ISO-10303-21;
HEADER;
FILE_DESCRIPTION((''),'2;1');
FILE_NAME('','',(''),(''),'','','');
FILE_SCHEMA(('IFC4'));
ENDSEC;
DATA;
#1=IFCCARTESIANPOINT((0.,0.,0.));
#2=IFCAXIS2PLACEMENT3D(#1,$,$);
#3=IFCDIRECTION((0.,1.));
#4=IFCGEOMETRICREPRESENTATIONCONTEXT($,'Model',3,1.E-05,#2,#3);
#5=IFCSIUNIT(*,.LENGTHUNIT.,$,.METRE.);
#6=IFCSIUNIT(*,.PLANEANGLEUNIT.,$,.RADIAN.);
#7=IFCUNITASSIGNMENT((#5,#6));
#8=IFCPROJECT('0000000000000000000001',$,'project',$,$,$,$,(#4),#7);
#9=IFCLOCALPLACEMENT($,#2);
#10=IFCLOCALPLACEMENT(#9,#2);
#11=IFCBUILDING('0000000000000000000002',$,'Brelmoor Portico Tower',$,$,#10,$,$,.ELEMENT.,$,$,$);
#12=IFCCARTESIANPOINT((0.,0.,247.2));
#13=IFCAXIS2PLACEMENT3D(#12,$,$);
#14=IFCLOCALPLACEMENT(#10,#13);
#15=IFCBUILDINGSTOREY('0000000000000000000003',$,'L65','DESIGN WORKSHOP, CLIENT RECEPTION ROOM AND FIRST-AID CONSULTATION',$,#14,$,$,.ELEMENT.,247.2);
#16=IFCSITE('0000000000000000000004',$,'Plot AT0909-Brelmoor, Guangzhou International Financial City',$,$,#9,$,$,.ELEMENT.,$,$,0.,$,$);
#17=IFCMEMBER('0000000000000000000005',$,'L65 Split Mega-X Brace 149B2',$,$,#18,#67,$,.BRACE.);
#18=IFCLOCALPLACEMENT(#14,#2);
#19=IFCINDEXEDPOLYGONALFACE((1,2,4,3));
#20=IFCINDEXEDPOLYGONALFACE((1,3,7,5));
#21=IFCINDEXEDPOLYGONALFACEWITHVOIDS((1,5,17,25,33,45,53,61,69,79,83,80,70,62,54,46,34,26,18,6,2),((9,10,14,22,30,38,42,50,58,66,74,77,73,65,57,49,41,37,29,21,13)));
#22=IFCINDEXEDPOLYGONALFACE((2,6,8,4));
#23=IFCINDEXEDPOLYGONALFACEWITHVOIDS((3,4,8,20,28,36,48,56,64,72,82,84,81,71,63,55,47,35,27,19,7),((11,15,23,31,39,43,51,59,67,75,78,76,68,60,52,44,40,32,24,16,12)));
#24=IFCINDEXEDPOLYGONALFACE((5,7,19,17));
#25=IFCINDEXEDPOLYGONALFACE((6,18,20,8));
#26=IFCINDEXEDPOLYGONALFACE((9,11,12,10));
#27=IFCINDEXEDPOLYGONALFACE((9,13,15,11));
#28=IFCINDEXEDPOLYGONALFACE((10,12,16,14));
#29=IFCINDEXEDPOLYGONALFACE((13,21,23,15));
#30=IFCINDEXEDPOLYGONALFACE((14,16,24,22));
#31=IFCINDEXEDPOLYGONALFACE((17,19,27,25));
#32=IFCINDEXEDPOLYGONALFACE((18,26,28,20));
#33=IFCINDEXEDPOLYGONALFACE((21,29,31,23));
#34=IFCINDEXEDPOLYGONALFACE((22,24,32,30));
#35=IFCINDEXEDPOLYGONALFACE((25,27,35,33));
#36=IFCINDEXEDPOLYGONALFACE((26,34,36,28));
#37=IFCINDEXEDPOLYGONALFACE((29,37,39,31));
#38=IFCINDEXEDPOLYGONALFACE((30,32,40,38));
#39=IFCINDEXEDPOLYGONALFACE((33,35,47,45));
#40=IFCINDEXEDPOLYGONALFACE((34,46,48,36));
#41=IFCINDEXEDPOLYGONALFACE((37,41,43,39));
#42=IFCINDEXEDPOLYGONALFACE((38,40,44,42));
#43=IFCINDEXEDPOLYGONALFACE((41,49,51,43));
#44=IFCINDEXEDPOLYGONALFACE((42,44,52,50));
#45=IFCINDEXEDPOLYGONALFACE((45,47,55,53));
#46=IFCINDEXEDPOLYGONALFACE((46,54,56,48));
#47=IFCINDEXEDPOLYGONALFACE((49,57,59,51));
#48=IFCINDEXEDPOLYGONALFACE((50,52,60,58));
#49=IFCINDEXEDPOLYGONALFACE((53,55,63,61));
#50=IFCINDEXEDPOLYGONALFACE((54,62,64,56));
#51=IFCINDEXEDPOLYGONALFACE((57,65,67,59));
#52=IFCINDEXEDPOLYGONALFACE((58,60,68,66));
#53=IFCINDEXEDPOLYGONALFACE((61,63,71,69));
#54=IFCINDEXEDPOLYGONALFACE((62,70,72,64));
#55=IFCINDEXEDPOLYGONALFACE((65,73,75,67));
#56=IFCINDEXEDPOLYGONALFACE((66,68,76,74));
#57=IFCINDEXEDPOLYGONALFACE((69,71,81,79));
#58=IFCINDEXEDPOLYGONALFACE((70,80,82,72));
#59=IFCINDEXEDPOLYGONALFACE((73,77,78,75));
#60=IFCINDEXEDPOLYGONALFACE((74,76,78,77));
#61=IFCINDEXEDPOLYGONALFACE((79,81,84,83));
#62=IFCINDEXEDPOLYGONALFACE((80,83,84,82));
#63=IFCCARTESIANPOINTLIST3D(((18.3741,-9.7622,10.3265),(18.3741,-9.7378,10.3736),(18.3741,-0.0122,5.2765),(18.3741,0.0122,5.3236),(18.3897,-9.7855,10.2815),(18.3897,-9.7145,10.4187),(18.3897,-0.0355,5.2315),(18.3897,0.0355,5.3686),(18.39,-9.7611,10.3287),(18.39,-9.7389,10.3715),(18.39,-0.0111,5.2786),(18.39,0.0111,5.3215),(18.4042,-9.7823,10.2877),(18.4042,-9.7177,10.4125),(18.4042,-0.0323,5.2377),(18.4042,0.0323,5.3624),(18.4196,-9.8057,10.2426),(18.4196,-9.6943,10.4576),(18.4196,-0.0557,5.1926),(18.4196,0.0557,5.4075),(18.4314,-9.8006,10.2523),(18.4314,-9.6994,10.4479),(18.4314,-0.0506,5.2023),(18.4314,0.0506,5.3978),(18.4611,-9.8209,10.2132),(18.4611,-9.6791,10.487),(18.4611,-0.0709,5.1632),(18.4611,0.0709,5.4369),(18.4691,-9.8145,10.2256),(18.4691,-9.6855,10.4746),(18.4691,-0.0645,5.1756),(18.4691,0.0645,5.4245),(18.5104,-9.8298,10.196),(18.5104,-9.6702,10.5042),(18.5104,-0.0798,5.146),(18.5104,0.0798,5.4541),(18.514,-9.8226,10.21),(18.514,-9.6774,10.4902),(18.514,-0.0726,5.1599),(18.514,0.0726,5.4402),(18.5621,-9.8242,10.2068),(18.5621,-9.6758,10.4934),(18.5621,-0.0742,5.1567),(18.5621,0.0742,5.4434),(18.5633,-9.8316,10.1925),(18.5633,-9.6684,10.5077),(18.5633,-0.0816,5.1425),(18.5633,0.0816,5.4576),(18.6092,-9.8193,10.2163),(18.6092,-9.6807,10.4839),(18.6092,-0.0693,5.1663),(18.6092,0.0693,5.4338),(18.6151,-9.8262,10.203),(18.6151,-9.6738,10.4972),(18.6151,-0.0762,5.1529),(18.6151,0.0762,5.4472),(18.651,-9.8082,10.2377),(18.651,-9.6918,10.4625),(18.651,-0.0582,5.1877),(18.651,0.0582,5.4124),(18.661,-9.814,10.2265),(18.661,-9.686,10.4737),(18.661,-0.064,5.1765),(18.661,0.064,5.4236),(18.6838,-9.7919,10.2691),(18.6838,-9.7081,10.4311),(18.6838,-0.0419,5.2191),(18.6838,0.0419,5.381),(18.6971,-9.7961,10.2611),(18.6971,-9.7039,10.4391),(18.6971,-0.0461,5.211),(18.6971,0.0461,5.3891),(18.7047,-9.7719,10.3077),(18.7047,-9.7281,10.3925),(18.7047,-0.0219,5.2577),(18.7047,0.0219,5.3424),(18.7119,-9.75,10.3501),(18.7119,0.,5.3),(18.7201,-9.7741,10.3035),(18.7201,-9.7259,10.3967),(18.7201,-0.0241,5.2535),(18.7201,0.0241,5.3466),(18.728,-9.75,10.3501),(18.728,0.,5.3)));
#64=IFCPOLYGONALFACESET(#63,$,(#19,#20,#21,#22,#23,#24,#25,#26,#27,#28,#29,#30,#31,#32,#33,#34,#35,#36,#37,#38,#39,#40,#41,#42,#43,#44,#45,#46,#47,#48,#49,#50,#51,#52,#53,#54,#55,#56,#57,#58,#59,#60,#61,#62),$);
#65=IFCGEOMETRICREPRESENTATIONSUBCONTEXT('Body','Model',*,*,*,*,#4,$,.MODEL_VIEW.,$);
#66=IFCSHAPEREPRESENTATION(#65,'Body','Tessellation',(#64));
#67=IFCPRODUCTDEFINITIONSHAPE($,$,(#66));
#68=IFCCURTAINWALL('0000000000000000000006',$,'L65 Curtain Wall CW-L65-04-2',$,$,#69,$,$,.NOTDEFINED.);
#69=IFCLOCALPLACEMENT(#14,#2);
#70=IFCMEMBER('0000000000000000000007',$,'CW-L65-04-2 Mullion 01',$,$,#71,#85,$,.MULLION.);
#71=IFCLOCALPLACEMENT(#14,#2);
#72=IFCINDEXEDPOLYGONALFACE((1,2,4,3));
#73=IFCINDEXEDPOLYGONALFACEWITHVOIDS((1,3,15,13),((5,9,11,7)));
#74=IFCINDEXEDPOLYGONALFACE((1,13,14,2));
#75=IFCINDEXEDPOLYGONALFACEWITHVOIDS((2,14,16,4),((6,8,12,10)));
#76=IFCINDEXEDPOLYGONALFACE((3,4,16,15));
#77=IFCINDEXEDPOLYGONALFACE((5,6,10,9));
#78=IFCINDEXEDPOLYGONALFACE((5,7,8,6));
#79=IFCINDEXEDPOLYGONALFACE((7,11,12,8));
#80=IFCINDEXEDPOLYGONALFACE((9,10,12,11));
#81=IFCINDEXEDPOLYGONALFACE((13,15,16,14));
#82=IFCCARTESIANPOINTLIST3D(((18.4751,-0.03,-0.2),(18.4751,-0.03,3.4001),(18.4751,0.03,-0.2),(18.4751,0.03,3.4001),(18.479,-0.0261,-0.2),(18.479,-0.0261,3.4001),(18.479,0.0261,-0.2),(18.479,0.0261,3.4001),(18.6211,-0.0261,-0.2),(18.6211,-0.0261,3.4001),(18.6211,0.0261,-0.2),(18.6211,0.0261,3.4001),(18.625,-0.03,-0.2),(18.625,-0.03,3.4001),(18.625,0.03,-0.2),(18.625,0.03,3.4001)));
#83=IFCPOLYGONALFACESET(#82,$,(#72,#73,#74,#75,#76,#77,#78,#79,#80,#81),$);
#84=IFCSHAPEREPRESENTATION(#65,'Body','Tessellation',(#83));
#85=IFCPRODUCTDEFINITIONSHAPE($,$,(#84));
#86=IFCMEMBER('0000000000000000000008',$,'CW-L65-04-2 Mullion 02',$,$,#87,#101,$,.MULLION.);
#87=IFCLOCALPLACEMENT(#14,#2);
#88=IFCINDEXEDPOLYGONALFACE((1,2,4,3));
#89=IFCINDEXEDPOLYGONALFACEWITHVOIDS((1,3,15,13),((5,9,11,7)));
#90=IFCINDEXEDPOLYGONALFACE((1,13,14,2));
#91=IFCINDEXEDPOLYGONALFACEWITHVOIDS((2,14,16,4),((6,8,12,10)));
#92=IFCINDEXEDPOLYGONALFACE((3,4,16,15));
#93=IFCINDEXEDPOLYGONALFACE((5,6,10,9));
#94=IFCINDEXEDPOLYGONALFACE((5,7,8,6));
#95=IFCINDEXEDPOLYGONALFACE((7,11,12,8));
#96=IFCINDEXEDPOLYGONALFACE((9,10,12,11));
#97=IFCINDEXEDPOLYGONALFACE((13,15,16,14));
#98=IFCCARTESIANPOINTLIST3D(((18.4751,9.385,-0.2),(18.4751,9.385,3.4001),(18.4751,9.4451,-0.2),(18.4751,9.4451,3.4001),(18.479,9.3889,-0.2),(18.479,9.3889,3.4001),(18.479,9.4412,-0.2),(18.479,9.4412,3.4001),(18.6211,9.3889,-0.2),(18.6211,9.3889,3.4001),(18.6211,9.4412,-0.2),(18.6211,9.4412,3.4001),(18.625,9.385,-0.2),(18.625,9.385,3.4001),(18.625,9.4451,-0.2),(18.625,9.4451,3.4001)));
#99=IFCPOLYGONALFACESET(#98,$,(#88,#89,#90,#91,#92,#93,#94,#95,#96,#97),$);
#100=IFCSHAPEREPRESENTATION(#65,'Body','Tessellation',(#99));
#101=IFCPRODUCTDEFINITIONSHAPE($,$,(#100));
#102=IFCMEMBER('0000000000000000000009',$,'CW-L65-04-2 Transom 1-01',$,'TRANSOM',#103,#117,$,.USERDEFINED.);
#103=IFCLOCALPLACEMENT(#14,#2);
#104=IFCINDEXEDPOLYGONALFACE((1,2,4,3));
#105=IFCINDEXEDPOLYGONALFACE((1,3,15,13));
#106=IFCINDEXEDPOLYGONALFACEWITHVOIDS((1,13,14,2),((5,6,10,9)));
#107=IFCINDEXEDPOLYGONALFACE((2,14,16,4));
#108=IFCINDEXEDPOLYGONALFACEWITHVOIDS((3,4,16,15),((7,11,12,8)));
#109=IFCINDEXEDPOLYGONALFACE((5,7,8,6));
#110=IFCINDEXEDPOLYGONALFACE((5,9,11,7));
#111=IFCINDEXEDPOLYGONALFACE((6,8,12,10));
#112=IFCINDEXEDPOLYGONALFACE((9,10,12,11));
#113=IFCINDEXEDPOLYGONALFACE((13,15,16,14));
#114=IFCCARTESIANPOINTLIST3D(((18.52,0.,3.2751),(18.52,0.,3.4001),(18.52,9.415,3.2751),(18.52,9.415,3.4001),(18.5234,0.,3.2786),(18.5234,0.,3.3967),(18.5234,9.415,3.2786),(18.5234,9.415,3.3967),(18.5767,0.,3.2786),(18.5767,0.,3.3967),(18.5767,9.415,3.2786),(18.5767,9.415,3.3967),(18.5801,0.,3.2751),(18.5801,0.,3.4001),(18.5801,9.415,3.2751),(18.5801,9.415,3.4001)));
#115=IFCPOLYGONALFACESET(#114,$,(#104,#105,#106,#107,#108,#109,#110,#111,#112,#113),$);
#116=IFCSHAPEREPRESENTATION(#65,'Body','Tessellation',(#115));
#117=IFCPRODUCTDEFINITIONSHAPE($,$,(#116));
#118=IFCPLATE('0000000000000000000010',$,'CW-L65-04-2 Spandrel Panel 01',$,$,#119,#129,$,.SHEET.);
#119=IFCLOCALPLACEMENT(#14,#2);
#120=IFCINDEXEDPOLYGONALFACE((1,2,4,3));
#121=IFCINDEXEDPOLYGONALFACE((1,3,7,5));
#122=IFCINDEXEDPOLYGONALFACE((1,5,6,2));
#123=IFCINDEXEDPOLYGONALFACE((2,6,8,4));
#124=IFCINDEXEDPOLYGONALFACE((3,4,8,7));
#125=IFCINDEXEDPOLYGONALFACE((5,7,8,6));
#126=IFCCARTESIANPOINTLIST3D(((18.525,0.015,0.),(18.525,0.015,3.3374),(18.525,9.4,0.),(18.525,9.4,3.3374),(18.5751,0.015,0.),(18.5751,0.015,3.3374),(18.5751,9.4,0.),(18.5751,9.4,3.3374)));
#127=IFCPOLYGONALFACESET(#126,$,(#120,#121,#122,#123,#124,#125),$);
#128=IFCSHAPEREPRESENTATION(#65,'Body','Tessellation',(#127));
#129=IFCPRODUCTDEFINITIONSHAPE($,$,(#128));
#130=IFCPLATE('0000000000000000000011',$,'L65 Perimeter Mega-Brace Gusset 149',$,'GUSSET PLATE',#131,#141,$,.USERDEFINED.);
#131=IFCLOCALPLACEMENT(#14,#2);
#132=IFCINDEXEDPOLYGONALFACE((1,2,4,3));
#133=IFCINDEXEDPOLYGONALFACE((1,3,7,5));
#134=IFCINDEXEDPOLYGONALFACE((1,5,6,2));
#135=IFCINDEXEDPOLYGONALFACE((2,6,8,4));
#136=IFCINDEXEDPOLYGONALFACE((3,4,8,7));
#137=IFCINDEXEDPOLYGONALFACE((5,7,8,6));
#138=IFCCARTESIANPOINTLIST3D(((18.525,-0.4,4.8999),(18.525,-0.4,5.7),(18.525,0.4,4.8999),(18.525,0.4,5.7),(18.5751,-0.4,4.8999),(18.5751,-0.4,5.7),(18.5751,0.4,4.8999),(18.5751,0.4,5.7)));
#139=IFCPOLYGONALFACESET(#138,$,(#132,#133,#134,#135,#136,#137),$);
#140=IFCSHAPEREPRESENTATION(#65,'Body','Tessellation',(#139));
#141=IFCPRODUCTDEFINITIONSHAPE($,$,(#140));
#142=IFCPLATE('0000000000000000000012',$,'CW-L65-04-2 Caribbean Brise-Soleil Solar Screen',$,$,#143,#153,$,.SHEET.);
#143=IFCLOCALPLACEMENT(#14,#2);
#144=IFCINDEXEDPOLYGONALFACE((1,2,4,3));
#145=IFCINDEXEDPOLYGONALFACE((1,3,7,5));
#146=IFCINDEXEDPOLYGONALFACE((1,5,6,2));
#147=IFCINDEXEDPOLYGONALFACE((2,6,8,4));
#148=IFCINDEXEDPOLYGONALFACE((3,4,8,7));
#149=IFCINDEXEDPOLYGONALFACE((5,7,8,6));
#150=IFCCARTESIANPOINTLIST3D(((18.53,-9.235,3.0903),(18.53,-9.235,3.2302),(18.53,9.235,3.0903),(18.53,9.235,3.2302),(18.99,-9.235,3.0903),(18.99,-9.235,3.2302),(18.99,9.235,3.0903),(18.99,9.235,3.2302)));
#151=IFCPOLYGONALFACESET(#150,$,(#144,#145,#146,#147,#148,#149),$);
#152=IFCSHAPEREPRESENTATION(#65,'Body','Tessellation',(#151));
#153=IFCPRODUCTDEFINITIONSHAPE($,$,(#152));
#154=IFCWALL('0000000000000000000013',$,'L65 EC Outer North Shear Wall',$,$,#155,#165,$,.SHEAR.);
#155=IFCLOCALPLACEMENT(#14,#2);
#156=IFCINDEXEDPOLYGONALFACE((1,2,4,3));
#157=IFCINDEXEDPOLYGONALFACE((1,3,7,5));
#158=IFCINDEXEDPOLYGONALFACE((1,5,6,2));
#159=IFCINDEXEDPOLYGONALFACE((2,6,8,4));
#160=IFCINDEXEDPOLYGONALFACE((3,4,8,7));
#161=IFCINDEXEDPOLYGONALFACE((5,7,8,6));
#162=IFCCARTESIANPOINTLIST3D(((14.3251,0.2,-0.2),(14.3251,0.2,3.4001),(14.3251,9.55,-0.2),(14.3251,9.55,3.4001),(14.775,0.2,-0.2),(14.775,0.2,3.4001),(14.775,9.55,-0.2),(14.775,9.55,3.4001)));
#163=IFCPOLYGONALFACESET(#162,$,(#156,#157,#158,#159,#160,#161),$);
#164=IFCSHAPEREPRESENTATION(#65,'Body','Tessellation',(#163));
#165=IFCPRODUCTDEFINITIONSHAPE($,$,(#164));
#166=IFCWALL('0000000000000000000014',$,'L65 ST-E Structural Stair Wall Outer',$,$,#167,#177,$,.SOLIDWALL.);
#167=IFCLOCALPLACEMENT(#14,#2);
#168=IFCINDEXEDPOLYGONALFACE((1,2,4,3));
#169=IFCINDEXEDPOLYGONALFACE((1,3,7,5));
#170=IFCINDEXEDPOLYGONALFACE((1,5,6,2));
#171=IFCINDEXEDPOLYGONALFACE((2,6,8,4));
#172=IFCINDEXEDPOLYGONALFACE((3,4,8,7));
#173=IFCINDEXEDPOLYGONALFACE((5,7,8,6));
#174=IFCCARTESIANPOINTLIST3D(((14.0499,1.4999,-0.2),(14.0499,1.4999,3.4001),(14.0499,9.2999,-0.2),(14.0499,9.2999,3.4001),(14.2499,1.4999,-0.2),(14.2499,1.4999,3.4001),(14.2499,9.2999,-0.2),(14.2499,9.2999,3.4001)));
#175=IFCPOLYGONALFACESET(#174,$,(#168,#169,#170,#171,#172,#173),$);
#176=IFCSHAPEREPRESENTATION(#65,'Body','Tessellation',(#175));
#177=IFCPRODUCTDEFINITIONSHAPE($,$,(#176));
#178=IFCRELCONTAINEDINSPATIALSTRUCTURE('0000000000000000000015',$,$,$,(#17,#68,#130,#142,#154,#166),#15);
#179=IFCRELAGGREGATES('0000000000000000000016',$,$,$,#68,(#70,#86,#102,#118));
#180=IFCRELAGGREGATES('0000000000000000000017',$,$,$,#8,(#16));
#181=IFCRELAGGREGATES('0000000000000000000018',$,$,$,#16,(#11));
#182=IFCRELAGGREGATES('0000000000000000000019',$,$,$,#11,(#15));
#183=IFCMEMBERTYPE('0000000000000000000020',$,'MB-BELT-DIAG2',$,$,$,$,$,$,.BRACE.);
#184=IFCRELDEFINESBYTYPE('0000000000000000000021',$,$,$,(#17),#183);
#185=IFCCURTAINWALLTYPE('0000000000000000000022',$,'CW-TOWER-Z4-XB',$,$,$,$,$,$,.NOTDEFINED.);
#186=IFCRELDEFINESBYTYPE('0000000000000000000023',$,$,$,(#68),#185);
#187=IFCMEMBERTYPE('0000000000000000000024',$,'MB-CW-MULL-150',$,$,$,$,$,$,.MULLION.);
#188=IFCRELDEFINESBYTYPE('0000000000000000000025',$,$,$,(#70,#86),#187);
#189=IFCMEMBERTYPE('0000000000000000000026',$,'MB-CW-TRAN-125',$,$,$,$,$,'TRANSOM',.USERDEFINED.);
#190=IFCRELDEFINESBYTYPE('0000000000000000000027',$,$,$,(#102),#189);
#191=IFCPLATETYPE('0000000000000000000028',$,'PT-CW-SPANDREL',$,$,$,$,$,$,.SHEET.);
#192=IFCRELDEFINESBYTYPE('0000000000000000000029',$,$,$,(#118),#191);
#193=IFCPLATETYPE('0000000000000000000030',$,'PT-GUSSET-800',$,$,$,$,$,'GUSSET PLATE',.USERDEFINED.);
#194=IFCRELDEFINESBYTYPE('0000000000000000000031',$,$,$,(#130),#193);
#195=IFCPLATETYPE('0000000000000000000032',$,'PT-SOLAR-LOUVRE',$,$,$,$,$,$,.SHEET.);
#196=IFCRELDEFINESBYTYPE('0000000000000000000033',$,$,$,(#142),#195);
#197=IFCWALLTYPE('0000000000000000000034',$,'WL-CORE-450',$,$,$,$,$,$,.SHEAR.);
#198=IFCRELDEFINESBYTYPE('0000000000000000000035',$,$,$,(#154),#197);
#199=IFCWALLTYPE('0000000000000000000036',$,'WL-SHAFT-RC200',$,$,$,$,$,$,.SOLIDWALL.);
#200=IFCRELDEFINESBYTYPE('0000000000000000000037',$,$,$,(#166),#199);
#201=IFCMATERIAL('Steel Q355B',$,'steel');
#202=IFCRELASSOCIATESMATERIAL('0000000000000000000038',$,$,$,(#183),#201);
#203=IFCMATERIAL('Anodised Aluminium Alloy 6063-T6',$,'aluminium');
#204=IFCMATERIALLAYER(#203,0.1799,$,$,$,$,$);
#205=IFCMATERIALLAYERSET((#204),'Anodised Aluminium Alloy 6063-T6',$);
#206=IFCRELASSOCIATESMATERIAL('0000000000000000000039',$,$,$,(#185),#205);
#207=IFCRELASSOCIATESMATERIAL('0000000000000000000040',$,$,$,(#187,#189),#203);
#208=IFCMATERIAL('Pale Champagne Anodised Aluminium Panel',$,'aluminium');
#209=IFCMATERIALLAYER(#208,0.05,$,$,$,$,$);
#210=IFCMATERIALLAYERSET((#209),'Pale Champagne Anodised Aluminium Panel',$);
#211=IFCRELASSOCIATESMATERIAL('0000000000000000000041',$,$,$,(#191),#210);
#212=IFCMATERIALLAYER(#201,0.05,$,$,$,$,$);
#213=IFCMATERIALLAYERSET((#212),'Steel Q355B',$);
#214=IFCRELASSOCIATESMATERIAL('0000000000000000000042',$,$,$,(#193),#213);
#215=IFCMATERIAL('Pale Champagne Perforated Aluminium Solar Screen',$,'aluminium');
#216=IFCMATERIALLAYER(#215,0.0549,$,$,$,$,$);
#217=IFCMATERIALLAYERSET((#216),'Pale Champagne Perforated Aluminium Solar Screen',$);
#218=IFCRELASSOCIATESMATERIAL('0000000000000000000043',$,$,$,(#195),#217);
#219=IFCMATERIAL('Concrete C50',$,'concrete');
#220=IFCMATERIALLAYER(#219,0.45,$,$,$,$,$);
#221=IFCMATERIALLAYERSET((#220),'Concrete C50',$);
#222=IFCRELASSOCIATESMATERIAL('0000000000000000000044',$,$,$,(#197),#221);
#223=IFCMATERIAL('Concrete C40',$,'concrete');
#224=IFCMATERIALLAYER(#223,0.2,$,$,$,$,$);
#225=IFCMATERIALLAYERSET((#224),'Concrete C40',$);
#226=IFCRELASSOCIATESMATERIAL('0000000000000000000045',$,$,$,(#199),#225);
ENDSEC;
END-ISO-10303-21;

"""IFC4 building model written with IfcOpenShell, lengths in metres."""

from ifc_helpers import new_model, si_unit, direction, frame, frame_2d, origin, origin_2d, place, context, subcontext, project, spatial, rectangle, hollow_rectangle, hollow_circle, extrude, material, layer, layer_set, material_profile, profile_set, type_object, element, aggregate, save


model = new_model("IFC4")

# Units and contexts
model_context = context("Model", 3, precision=1e-05, world=origin(), true_north=direction((0.0, 1.0)))
body_context = subcontext(model_context, "Body", "Model", "MODEL_VIEW")
ifc_project = project(units=[si_unit("LENGTHUNIT", "METRE"), si_unit("PLANEANGLEUNIT", "RADIAN")], contexts=[model_context])

# Site, building, storey
site_placement = place(None, origin())
site = spatial("IfcSite", under=ifc_project, at=site_placement, Name="Plot AT0909-Brelmoor, Guangzhou International Financial City", CompositionType="ELEMENT", RefElevation=0.0)
building_placement = place(site_placement, origin())
building = spatial("IfcBuilding", under=site, at=building_placement, Name="Brelmoor Portico Tower", CompositionType="ELEMENT")
storey_placement = place(building_placement, frame((0.0, 0.0, 247.2)))
storey = spatial("IfcBuildingStorey", under=building, at=storey_placement, Name="L65", Description="DESIGN WORKSHOP, CLIENT RECEPTION ROOM AND FIRST-AID CONSULTATION", CompositionType="ELEMENT", Elevation=247.2)

# Shared definitions
ifc_material_1 = material(Name="Steel Q355B", Category="steel")

# Member
ifc_material_profile_1 = material_profile(ifc_material_1, hollow_circle(Radius=0.178, WallThickness=0.0161, at=origin_2d()), Name="CHS 356x16")
ifc_profile_set_1 = profile_set([ifc_material_profile_1], Name="Steel Q355B")
member_type_1 = type_object("IfcMemberType", Name="MB-BELT-DIAG2", PredefinedType="BRACE", material=ifc_profile_set_1)
member_1_placement = place(storey_placement, frame((18.55, 0.0, 5.3), z_axis=(0.0, -0.887959, 0.459922), x_axis=(1.0, 0.0, 0.0)))
element("IfcMember", 1, at=member_1_placement, inside=storey, type_object=member_type_1, Name="L65 Split Mega-X Brace 149B2", PredefinedType="BRACE", context=body_context, shape_type="SweptSolid", body=[
    extrude(hollow_circle(Radius=0.178, WallThickness=0.0161, at=origin_2d()), origin(), (0.0, 0.0, 1.0), 10.9802),
])

# Curtain wall, members, plate
ifc_material_2 = material(Name="Anodised Aluminium Alloy 6063-T6", Category="aluminium")
ifc_layer_1 = layer(ifc_material_2, 0.1799)
ifc_layer_set_1 = layer_set([ifc_layer_1], Name="Anodised Aluminium Alloy 6063-T6")
curtain_wall_type = type_object("IfcCurtainWallType", Name="CW-TOWER-Z4-XB", PredefinedType="NOTDEFINED", material=ifc_layer_set_1)
curtain_wall_placement = place(storey_placement, origin())
curtain_wall = element("IfcCurtainWall", 2, at=curtain_wall_placement, inside=storey, type_object=curtain_wall_type, Name="L65 Curtain Wall CW-L65-04-2", PredefinedType="NOTDEFINED")
ifc_material_profile_2 = material_profile(ifc_material_2, hollow_rectangle(XDim=0.0601, YDim=0.1499, WallThickness=0.0039, at=origin_2d()), Name="ALU MULLION 60x150")
ifc_profile_set_2 = profile_set([ifc_material_profile_2], Name="Anodised Aluminium Alloy 6063-T6")
member_type_2 = type_object("IfcMemberType", Name="MB-CW-MULL-150", PredefinedType="MULLION", material=ifc_profile_set_2)
member_2_placement = place(storey_placement, frame((18.55, 0.0, -0.2), z_axis=(0.0, 0.0, 1.0), x_axis=(0.0, 1.0, 0.0)))
member_2 = element("IfcMember", 3, at=member_2_placement, type_object=member_type_2, Name="CW-L65-04-2 Mullion 01", PredefinedType="MULLION", context=body_context, shape_type="SweptSolid", body=[
    extrude(hollow_rectangle(XDim=0.0601, YDim=0.1499, WallThickness=0.0039, at=origin_2d()), origin(), (0.0, 0.0, 1.0), 3.6001),
])
member_3_placement = place(storey_placement, frame((18.55, 9.415, -0.2), z_axis=(0.0, 0.0, 1.0), x_axis=(0.0, 1.0, 0.0)))
member_3 = element("IfcMember", 4, at=member_3_placement, type_object=member_type_2, Name="CW-L65-04-2 Mullion 02", PredefinedType="MULLION", context=body_context, shape_type="SweptSolid", body=[
    extrude(hollow_rectangle(XDim=0.0601, YDim=0.1499, WallThickness=0.0039, at=origin_2d()), origin(), (0.0, 0.0, 1.0), 3.6001),
])
ifc_material_profile_3 = material_profile(ifc_material_2, hollow_rectangle(XDim=0.0601, YDim=0.125, WallThickness=0.0034, at=origin_2d()), Name="ALU TRANSOM 60x125")
ifc_profile_set_3 = profile_set([ifc_material_profile_3], Name="Anodised Aluminium Alloy 6063-T6")
member_type_3 = type_object("IfcMemberType", Name="MB-CW-TRAN-125", ElementType="TRANSOM", PredefinedType="USERDEFINED", material=ifc_profile_set_3)
member_4_placement = place(storey_placement, frame((18.55, 0.0, 3.3376), z_axis=(0.0, 1.0, 0.0), x_axis=(-1.0, 0.0, 0.0)))
member_4 = element("IfcMember", 5, at=member_4_placement, type_object=member_type_3, Name="CW-L65-04-2 Transom 1-01", ObjectType="TRANSOM", PredefinedType="USERDEFINED", context=body_context, shape_type="SweptSolid", body=[
    extrude(hollow_rectangle(XDim=0.0601, YDim=0.125, WallThickness=0.0034, at=origin_2d()), origin(), (0.0, 0.0, 1.0), 9.415),
])
ifc_material_3 = material(Name="Pale Champagne Anodised Aluminium Panel", Category="aluminium")
ifc_layer_2 = layer(ifc_material_3, 0.05)
ifc_layer_set_2 = layer_set([ifc_layer_2], Name="Pale Champagne Anodised Aluminium Panel")
plate_type_1 = type_object("IfcPlateType", Name="PT-CW-SPANDREL", PredefinedType="SHEET", material=ifc_layer_set_2)
plate_1_placement = place(storey_placement, frame((18.55, 4.7075, 0.0), z_axis=(0.0, 0.0, 1.0), x_axis=(0.0, 1.0, 0.0)))
plate_1 = element("IfcPlate", 6, at=plate_1_placement, type_object=plate_type_1, Name="CW-L65-04-2 Spandrel Panel 01", PredefinedType="SHEET", context=body_context, shape_type="SweptSolid", body=[
    extrude(rectangle(XDim=9.385, YDim=0.05, at=origin_2d()), origin(), (0.0, 0.0, 1.0), 3.3374),
])
aggregate(curtain_wall, [member_2, member_3, member_4, plate_1])

# Plates
ifc_layer_3 = layer(ifc_material_1, 0.05)
ifc_layer_set_3 = layer_set([ifc_layer_3], Name="Steel Q355B")
plate_type_2 = type_object("IfcPlateType", Name="PT-GUSSET-800", ElementType="GUSSET PLATE", PredefinedType="USERDEFINED", material=ifc_layer_set_3)
plate_2_placement = place(storey_placement, frame((18.55, 0.0, 4.8999), z_axis=(0.0, 0.0, 1.0), x_axis=(1.0, 0.0, 0.0)))
element("IfcPlate", 7, at=plate_2_placement, inside=storey, type_object=plate_type_2, Name="L65 Perimeter Mega-Brace Gusset 149", ObjectType="GUSSET PLATE", PredefinedType="USERDEFINED", context=body_context, shape_type="SweptSolid", body=[
    extrude(rectangle(XDim=0.05, YDim=0.8, at=origin_2d()), origin(), (0.0, 0.0, 1.0), 0.8),
])
ifc_material_4 = material(Name="Pale Champagne Perforated Aluminium Solar Screen", Category="aluminium")
ifc_layer_4 = layer(ifc_material_4, 0.0549)
ifc_layer_set_4 = layer_set([ifc_layer_4], Name="Pale Champagne Perforated Aluminium Solar Screen")
plate_type_3 = type_object("IfcPlateType", Name="PT-SOLAR-LOUVRE", PredefinedType="SHEET", material=ifc_layer_set_4)
plate_3_placement = place(storey_placement, frame((18.76, 0.0, 3.0903), z_axis=(0.0, 0.0, 1.0), x_axis=(0.0, 1.0, 0.0)))
element("IfcPlate", 8, at=plate_3_placement, inside=storey, type_object=plate_type_3, Name="CW-L65-04-2 Caribbean Brise-Soleil Solar Screen", PredefinedType="SHEET", context=body_context, shape_type="SweptSolid", body=[
    extrude(rectangle(XDim=18.47, YDim=0.46, at=origin_2d()), origin(), (0.0, 0.0, 1.0), 0.1399),
])

# Walls
ifc_material_5 = material(Name="Concrete C50", Category="concrete")
ifc_layer_5 = layer(ifc_material_5, 0.45)
ifc_layer_set_5 = layer_set([ifc_layer_5], Name="Concrete C50")
wall_type_1 = type_object("IfcWallType", Name="WL-CORE-450", PredefinedType="SHEAR", material=ifc_layer_set_5)
wall_1_placement = place(storey_placement, frame((14.55, 0.2, -0.2), z_axis=(0.0, 0.0, 1.0), x_axis=(0.0, 1.0, 0.0)))
element("IfcWall", 9, at=wall_1_placement, inside=storey, type_object=wall_type_1, Name="L65 EC Outer North Shear Wall", PredefinedType="SHEAR", context=body_context, shape_type="SweptSolid", body=[
    extrude(rectangle(XDim=9.3501, YDim=0.45, at=frame_2d((4.675, 0.0))), origin(), (0.0, 0.0, 1.0), 3.6001),
])
ifc_material_6 = material(Name="Concrete C40", Category="concrete")
ifc_layer_6 = layer(ifc_material_6, 0.2)
ifc_layer_set_6 = layer_set([ifc_layer_6], Name="Concrete C40")
wall_type_2 = type_object("IfcWallType", Name="WL-SHAFT-RC200", PredefinedType="SOLIDWALL", material=ifc_layer_set_6)
wall_2_placement = place(storey_placement, frame((14.1499, 1.5, -0.2), z_axis=(0.0, 0.0, 1.0), x_axis=(0.0, 1.0, 0.0)))
element("IfcWall", 10, at=wall_2_placement, inside=storey, type_object=wall_type_2, Name="L65 ST-E Structural Stair Wall Outer", PredefinedType="SOLIDWALL", context=body_context, shape_type="SweptSolid", body=[
    extrude(rectangle(XDim=7.8, YDim=0.2, at=frame_2d((3.8999, 0.0))), origin(), (0.0, 0.0, 1.0), 3.6001),
])

save(model, "model.ifc")
